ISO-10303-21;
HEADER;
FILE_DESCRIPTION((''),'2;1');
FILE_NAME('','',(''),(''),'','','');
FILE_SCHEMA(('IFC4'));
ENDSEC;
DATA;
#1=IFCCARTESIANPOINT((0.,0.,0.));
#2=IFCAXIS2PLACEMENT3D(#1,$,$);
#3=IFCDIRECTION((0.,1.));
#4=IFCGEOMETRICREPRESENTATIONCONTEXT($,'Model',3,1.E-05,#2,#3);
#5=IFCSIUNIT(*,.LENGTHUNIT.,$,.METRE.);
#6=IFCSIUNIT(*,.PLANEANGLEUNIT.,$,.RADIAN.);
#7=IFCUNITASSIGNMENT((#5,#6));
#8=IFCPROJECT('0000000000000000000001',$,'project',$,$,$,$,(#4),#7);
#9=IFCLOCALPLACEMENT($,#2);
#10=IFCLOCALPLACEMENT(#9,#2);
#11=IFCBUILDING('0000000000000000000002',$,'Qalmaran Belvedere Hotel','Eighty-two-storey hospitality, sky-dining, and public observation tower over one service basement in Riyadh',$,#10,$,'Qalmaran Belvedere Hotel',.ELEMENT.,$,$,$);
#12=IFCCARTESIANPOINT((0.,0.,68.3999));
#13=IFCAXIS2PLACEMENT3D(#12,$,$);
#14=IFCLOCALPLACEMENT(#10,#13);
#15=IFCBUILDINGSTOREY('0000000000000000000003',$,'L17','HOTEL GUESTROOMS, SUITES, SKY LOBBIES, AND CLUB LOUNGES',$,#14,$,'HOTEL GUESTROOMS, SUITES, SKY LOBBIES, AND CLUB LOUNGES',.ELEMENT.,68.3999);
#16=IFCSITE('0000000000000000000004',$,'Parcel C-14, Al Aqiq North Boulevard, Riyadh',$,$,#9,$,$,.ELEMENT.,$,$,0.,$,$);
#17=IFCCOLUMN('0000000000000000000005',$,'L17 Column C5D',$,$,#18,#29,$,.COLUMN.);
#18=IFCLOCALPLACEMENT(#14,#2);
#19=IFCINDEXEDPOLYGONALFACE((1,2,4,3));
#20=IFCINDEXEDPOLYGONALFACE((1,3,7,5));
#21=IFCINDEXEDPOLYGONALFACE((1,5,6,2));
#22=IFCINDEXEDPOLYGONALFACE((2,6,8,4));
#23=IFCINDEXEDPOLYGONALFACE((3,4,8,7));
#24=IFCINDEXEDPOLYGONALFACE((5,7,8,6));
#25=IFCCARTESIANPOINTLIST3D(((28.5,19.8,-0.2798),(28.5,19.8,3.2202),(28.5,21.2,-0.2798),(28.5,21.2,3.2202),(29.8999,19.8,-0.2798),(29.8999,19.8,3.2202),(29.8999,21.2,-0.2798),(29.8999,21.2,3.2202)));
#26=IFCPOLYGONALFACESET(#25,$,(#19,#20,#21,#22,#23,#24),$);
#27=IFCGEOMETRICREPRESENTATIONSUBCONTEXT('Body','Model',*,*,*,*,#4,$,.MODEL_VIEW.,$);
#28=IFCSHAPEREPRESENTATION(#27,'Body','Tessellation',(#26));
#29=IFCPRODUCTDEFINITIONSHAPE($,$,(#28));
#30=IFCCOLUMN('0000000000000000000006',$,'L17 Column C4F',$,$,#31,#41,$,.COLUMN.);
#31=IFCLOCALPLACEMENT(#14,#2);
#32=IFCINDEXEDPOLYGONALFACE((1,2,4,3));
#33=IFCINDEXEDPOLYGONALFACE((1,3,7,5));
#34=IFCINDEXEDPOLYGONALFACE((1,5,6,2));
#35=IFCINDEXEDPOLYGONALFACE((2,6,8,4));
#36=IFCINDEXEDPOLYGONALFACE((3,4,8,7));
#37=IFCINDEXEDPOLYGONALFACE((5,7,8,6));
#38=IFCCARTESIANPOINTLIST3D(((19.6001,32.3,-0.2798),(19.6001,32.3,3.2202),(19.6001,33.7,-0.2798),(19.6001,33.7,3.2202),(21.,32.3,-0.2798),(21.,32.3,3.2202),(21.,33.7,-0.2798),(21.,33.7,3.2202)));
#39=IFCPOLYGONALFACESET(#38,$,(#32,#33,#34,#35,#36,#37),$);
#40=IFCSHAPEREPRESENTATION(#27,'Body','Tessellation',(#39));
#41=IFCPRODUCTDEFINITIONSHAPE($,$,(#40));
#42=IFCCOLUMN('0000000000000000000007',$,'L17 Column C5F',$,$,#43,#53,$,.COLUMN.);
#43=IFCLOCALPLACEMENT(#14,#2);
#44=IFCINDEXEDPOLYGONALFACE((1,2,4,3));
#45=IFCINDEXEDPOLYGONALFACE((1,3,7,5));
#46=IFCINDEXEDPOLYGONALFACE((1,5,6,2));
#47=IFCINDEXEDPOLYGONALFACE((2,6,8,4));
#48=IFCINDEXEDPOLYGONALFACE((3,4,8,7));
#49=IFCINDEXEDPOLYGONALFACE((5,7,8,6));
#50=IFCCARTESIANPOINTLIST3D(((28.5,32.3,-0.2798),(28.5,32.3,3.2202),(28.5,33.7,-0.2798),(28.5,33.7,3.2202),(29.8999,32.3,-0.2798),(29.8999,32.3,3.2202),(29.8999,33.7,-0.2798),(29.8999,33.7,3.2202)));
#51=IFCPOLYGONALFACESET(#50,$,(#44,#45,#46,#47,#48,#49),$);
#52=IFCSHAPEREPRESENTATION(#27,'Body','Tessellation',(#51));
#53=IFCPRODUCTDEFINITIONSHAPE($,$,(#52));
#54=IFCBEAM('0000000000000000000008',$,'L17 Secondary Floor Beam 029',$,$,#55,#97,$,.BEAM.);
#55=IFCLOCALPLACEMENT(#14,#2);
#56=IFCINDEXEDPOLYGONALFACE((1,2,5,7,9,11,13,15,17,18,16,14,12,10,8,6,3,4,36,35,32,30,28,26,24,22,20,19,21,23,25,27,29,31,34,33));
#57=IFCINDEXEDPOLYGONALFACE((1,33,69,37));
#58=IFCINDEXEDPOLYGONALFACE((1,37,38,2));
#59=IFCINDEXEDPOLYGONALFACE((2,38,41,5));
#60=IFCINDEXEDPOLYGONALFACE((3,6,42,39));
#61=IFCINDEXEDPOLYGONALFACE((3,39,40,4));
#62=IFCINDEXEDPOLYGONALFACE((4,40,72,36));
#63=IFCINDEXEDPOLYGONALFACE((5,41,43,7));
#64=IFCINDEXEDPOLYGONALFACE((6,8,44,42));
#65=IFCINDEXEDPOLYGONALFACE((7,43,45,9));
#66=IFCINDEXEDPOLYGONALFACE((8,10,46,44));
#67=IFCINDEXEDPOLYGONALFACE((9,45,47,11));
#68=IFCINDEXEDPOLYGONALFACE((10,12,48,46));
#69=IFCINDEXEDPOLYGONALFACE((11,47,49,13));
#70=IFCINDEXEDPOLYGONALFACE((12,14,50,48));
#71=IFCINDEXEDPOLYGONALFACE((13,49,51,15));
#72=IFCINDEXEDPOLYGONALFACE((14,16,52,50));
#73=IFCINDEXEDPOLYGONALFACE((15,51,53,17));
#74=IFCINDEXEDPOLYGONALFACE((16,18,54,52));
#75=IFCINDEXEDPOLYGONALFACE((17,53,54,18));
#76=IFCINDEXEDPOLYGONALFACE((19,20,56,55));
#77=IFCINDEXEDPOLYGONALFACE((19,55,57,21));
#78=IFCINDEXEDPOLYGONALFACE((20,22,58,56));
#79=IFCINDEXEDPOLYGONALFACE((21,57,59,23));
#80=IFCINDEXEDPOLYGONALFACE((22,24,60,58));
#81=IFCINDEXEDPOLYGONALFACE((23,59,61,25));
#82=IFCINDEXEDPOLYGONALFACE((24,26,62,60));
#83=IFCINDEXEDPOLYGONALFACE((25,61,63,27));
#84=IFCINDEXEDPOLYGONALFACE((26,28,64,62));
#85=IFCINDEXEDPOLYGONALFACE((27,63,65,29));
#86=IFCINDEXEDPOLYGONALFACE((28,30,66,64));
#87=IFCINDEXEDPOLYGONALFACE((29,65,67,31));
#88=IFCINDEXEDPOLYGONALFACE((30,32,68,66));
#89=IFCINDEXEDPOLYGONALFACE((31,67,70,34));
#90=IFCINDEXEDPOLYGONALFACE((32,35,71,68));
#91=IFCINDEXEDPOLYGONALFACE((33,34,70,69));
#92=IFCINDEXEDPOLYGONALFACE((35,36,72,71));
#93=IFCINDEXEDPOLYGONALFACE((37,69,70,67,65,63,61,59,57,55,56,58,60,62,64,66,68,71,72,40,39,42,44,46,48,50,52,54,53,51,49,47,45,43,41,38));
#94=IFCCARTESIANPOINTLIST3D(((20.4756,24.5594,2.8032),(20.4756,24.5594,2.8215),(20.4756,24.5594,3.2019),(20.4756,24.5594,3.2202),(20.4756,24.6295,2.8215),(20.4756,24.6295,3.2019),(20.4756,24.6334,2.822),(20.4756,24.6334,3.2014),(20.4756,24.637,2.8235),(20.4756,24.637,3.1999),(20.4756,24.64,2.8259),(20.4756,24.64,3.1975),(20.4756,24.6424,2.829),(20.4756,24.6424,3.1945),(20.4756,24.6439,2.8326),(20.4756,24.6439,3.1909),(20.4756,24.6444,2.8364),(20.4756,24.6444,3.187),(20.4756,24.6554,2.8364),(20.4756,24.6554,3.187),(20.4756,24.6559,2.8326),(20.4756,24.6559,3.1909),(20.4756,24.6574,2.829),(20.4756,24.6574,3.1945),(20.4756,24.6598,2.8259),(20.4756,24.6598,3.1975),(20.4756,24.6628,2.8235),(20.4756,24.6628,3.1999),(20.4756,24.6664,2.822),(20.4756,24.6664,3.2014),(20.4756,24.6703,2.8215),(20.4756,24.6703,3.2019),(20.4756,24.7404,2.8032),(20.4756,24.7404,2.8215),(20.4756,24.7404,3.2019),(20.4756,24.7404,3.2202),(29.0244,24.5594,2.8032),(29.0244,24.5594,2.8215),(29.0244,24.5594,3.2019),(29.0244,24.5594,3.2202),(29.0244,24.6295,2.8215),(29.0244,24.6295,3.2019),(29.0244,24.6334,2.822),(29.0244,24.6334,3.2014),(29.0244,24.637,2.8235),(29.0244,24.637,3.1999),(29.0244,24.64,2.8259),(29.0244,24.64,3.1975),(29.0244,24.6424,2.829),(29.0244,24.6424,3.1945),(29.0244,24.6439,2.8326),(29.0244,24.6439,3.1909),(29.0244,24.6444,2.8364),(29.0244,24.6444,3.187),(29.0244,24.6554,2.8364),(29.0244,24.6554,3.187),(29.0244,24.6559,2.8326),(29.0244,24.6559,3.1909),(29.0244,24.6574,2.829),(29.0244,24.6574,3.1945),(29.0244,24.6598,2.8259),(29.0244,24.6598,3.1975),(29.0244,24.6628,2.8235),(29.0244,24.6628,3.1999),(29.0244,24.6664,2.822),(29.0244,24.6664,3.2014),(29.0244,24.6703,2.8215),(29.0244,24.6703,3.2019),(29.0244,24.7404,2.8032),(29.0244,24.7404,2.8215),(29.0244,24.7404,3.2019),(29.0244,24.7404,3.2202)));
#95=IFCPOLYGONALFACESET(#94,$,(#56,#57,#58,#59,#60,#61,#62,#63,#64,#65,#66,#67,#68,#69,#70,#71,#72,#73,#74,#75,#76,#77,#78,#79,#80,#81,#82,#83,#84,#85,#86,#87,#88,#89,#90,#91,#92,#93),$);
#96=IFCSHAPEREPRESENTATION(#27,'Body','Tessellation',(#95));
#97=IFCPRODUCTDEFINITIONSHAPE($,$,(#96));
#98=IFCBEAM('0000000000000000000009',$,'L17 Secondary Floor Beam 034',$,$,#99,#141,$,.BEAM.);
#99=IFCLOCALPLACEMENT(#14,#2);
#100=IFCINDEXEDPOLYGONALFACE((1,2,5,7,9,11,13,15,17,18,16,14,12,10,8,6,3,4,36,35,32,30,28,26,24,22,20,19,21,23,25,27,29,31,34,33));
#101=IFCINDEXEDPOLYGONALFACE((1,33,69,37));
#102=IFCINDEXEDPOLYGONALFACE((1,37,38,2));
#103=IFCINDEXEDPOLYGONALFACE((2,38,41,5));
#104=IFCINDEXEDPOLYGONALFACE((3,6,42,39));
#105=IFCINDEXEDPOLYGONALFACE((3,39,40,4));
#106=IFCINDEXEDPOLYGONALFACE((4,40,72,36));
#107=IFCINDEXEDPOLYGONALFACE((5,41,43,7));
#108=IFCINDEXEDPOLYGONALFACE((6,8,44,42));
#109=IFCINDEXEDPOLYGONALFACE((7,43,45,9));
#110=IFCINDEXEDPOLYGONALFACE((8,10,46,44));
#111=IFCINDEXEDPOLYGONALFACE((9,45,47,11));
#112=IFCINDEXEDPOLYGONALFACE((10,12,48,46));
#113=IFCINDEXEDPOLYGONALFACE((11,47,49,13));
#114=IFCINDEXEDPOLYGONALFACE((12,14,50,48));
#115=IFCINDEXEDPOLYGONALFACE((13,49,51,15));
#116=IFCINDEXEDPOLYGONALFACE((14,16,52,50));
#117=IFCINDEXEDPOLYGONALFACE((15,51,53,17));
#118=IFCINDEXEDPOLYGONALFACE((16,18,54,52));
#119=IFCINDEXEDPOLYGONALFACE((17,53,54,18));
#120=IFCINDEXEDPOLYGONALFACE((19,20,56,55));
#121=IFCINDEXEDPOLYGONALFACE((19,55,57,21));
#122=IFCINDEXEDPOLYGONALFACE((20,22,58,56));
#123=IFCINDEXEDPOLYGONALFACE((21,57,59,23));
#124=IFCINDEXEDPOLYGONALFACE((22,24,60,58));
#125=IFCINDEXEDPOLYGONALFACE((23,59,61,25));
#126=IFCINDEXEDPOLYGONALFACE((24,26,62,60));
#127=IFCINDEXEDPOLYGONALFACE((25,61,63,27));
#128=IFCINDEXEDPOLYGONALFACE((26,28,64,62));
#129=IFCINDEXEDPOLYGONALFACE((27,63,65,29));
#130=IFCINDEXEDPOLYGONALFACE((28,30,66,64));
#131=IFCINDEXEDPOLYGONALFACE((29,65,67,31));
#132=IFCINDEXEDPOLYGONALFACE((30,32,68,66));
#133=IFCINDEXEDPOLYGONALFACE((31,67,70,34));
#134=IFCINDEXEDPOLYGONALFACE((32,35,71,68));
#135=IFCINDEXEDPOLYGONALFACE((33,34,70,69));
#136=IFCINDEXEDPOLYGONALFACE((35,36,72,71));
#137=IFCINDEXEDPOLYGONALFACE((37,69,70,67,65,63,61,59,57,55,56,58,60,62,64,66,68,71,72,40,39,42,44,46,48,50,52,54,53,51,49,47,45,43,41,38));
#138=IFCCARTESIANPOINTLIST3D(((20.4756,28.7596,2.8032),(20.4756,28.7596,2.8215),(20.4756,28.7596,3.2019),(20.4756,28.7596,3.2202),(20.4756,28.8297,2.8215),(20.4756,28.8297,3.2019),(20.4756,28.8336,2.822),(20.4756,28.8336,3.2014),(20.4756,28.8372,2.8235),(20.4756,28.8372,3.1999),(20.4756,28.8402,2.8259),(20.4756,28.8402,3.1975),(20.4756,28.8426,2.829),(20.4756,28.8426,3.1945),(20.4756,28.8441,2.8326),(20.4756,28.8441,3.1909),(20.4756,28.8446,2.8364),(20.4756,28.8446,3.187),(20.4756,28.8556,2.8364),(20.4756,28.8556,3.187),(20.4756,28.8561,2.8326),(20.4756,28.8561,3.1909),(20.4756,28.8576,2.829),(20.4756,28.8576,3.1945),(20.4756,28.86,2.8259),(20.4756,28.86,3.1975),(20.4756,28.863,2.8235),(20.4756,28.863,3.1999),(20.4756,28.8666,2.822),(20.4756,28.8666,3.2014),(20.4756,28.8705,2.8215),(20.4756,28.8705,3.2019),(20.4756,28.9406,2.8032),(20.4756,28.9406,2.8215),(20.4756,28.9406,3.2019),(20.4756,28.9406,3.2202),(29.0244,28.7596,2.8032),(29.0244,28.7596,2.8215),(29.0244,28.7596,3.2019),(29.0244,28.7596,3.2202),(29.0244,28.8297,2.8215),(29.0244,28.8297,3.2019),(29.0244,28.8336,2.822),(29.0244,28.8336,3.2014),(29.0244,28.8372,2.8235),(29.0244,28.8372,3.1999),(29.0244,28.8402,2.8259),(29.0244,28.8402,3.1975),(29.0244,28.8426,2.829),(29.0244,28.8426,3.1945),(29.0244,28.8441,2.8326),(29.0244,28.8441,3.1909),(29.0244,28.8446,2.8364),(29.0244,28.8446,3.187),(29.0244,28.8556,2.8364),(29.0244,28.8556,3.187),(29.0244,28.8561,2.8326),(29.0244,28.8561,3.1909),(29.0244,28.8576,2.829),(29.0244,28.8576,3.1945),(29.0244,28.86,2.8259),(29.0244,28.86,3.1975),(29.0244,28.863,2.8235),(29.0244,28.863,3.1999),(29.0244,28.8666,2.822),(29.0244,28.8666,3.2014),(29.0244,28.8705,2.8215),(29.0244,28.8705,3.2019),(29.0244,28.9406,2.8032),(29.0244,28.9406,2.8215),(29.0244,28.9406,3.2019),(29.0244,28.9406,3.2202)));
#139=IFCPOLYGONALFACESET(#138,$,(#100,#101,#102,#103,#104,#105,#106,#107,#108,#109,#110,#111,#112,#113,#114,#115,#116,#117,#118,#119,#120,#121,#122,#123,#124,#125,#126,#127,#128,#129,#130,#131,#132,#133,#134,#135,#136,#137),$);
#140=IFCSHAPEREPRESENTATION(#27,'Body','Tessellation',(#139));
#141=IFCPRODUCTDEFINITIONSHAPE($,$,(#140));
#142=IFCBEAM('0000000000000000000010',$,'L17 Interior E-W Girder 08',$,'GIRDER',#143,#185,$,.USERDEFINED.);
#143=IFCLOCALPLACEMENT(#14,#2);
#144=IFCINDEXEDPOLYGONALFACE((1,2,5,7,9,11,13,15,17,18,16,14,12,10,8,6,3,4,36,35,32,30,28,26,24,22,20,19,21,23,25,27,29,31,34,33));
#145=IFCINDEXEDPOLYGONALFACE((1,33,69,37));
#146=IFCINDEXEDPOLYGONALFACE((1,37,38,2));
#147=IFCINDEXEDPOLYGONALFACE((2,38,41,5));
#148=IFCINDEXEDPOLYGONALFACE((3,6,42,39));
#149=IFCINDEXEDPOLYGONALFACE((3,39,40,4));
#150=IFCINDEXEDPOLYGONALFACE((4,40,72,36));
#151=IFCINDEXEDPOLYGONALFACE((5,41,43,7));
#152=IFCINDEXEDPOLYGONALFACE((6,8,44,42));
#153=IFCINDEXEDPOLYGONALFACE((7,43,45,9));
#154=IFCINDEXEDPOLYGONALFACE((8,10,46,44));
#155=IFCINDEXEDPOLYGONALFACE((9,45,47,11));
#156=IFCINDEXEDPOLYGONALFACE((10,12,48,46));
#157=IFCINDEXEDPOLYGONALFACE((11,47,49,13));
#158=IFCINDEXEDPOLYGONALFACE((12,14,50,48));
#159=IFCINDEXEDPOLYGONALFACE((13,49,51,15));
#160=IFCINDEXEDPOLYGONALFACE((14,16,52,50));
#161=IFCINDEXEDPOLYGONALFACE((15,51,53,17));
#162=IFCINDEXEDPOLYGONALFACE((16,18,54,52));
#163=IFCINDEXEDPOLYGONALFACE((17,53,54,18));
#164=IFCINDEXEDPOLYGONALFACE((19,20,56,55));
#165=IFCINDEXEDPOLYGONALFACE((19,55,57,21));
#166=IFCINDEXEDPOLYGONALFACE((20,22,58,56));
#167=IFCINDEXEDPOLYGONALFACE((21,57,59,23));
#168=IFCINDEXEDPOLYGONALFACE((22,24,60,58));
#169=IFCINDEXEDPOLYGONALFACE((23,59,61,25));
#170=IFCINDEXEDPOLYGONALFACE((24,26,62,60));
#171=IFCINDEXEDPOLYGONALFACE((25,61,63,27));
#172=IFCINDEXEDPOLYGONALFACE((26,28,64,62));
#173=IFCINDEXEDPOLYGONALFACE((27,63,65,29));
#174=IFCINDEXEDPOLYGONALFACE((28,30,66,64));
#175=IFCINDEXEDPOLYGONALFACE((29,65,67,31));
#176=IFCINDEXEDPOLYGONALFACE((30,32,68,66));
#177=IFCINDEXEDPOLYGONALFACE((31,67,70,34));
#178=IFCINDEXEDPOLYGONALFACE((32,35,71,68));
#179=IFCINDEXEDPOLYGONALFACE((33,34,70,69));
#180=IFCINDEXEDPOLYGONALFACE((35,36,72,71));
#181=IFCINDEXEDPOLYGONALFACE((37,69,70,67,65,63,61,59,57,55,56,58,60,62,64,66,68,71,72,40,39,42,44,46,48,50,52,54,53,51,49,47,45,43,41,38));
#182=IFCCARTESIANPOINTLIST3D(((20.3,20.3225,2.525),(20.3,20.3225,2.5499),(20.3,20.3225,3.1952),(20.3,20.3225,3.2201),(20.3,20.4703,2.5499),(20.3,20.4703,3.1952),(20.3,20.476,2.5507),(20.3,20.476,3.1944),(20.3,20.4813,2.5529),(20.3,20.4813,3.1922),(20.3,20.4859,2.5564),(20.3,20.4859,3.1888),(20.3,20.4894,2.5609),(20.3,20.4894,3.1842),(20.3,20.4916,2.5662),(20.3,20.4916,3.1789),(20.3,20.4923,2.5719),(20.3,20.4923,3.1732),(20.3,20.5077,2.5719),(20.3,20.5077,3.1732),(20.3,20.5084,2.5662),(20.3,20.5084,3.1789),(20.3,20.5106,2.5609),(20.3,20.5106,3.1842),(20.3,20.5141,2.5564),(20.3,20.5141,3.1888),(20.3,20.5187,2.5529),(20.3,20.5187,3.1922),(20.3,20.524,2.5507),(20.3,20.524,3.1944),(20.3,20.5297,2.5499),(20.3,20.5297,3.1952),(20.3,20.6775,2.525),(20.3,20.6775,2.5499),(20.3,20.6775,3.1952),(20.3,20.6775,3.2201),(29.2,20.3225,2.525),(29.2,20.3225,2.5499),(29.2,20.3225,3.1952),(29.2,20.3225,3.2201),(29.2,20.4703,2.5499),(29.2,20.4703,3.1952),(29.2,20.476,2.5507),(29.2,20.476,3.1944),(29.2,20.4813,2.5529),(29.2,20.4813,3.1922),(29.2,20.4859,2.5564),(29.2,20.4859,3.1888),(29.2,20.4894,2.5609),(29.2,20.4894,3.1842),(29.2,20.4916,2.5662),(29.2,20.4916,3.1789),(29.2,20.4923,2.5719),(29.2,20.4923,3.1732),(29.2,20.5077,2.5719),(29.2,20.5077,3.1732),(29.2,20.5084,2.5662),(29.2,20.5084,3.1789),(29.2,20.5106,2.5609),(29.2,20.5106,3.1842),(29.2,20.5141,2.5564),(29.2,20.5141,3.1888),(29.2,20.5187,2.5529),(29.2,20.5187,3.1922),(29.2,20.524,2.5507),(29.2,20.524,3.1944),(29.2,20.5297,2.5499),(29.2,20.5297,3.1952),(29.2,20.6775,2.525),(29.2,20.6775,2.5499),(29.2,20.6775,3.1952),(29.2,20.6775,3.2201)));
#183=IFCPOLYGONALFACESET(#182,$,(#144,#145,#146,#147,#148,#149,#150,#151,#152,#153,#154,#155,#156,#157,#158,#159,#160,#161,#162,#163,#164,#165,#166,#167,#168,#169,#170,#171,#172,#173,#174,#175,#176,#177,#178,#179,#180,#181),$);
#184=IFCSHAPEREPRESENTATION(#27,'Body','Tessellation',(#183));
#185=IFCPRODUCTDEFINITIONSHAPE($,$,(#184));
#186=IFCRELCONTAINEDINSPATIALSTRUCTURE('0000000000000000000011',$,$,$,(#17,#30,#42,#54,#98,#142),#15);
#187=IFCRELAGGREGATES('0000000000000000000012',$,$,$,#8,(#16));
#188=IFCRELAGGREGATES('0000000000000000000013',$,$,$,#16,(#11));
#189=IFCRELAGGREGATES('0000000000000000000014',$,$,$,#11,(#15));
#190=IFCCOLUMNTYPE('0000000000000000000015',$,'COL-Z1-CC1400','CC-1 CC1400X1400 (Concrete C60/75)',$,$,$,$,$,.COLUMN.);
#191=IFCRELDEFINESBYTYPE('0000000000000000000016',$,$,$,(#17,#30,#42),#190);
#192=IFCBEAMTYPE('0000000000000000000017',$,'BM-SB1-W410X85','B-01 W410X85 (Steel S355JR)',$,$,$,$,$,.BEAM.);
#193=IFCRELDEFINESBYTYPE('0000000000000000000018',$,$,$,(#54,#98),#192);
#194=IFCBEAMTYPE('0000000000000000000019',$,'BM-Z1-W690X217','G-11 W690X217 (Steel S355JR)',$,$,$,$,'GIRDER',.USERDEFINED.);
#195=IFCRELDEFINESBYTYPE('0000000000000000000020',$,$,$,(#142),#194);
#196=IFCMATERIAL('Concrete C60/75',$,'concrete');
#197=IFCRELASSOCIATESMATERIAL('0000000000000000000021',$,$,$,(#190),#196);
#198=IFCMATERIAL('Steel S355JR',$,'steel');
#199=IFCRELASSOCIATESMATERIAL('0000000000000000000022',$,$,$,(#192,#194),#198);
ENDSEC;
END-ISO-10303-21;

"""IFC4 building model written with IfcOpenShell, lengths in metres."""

from ifc_helpers import new_model, si_unit, direction, frame, origin, origin_2d, place, context, subcontext, project, spatial, rectangle, i_section, extrude, material, material_profile, profile_set, type_object, element, save


model = new_model("IFC4")

# Units and contexts
model_context = context("Model", 3, precision=1e-05, world=origin(), true_north=direction((0.0, 1.0)))
body_context = subcontext(model_context, "Body", "Model", "MODEL_VIEW")
ifc_project = project(units=[si_unit("LENGTHUNIT", "METRE"), si_unit("PLANEANGLEUNIT", "RADIAN")], contexts=[model_context])

# Site, building, storey
site_placement = place(None, origin())
site = spatial("IfcSite", under=ifc_project, at=site_placement, Name="Parcel C-14, Al Aqiq North Boulevard, Riyadh", CompositionType="ELEMENT", RefElevation=0.0)
building_placement = place(site_placement, origin())
building = spatial("IfcBuilding", under=site, at=building_placement, Name="Qalmaran Belvedere Hotel", Description="Eighty-two-storey hospitality, sky-dining, and public observation tower over one service basement in Riyadh", LongName="Qalmaran Belvedere Hotel", CompositionType="ELEMENT")
storey_placement = place(building_placement, frame((0.0, 0.0, 68.3999)))
storey = spatial("IfcBuildingStorey", under=building, at=storey_placement, Name="L17", Description="HOTEL GUESTROOMS, SUITES, SKY LOBBIES, AND CLUB LOUNGES", LongName="HOTEL GUESTROOMS, SUITES, SKY LOBBIES, AND CLUB LOUNGES", CompositionType="ELEMENT", Elevation=68.3999)

# Columns
ifc_material_1 = material(Name="Concrete C60/75", Category="concrete")
ifc_material_profile_1 = material_profile(ifc_material_1, rectangle(XDim=1.3999, YDim=1.3999, at=origin_2d()), Name="CC1400X1400")
ifc_profile_set_1 = profile_set([ifc_material_profile_1], Name="Concrete C60/75")
column_type = type_object("IfcColumnType", Name="COL-Z1-CC1400", Description="CC-1 CC1400X1400 (Concrete C60/75)", PredefinedType="COLUMN", material=ifc_profile_set_1)
for number, where, z_axis, x_axis, name in (
    (1, (29.2, 20.5, -0.2798), (0.0, 0.0, 1.0), (1.0, 0.0, 0.0), "L17 Column C5D"),
    (2, (20.3, 33.0, -0.2798), (0.0, 0.0, 1.0), (1.0, 0.0, 0.0), "L17 Column C4F"),
    (3, (29.2, 33.0, -0.2798), (0.0, 0.0, 1.0), (1.0, 0.0, 0.0), "L17 Column C5F"),
):
    element("IfcColumn", number, at=place(storey_placement, frame(where, z_axis=z_axis, x_axis=x_axis)), inside=storey, type_object=column_type, Name=name, PredefinedType="COLUMN", context=body_context, shape_type="SweptSolid", body=[
        extrude(rectangle(XDim=1.3999, YDim=1.3999, at=origin_2d()), origin(), (0.0, 0.0, 1.0), 3.5),
    ])

# Beams
ifc_material_2 = material(Name="Steel S355JR", Category="steel")
ifc_material_profile_2 = material_profile(ifc_material_2, i_section(OverallWidth=0.1809, OverallDepth=0.417, WebThickness=0.011, FlangeThickness=0.0183, FilletRadius=0.0149, at=origin_2d()), Name="W410X85")
ifc_profile_set_2 = profile_set([ifc_material_profile_2], Name="Steel S355JR")
beam_type_1 = type_object("IfcBeamType", Name="BM-SB1-W410X85", Description="B-01 W410X85 (Steel S355JR)", PredefinedType="BEAM", material=ifc_profile_set_2)
for number, where, z_axis, x_axis, name in (
    (4, (20.4756, 24.6499, 3.0117), (1.0, 0.0, 0.0), (0.0, 1.0, 0.0), "L17 Secondary Floor Beam 029"),
    (5, (20.4756, 28.8501, 3.0117), (1.0, 0.0, 0.0), (0.0, 1.0, 0.0), "L17 Secondary Floor Beam 034"),
):
    element("IfcBeam", number, at=place(storey_placement, frame(where, z_axis=z_axis, x_axis=x_axis)), inside=storey, type_object=beam_type_1, Name=name, PredefinedType="BEAM", context=body_context, shape_type="SweptSolid", body=[
        extrude(i_section(OverallWidth=0.1809, OverallDepth=0.417, WebThickness=0.011, FlangeThickness=0.0183, FilletRadius=0.0149, at=origin_2d()), origin(), (0.0, 0.0, 1.0), 8.5488),
    ])
ifc_material_profile_3 = material_profile(ifc_material_2, i_section(OverallWidth=0.355, OverallDepth=0.6951, WebThickness=0.0154, FlangeThickness=0.0249, FilletRadius=0.022, at=origin_2d()), Name="W690X217")
ifc_profile_set_3 = profile_set([ifc_material_profile_3], Name="Steel S355JR")
beam_type_2 = type_object("IfcBeamType", Name="BM-Z1-W690X217", Description="G-11 W690X217 (Steel S355JR)", ElementType="GIRDER", PredefinedType="USERDEFINED", material=ifc_profile_set_3)
beam_1_placement = place(storey_placement, frame((20.3, 20.5, 2.8726), z_axis=(1.0, 0.0, 0.0), x_axis=(0.0, 1.0, 0.0)))
element("IfcBeam", 6, at=beam_1_placement, inside=storey, type_object=beam_type_2, Name="L17 Interior E-W Girder 08", ObjectType="GIRDER", PredefinedType="USERDEFINED", context=body_context, shape_type="SweptSolid", body=[
    extrude(i_section(OverallWidth=0.355, OverallDepth=0.6951, WebThickness=0.0154, FlangeThickness=0.0249, FilletRadius=0.022, at=origin_2d()), origin(), (0.0, 0.0, 1.0), 8.8999),
])

save(model, "model.ifc")
